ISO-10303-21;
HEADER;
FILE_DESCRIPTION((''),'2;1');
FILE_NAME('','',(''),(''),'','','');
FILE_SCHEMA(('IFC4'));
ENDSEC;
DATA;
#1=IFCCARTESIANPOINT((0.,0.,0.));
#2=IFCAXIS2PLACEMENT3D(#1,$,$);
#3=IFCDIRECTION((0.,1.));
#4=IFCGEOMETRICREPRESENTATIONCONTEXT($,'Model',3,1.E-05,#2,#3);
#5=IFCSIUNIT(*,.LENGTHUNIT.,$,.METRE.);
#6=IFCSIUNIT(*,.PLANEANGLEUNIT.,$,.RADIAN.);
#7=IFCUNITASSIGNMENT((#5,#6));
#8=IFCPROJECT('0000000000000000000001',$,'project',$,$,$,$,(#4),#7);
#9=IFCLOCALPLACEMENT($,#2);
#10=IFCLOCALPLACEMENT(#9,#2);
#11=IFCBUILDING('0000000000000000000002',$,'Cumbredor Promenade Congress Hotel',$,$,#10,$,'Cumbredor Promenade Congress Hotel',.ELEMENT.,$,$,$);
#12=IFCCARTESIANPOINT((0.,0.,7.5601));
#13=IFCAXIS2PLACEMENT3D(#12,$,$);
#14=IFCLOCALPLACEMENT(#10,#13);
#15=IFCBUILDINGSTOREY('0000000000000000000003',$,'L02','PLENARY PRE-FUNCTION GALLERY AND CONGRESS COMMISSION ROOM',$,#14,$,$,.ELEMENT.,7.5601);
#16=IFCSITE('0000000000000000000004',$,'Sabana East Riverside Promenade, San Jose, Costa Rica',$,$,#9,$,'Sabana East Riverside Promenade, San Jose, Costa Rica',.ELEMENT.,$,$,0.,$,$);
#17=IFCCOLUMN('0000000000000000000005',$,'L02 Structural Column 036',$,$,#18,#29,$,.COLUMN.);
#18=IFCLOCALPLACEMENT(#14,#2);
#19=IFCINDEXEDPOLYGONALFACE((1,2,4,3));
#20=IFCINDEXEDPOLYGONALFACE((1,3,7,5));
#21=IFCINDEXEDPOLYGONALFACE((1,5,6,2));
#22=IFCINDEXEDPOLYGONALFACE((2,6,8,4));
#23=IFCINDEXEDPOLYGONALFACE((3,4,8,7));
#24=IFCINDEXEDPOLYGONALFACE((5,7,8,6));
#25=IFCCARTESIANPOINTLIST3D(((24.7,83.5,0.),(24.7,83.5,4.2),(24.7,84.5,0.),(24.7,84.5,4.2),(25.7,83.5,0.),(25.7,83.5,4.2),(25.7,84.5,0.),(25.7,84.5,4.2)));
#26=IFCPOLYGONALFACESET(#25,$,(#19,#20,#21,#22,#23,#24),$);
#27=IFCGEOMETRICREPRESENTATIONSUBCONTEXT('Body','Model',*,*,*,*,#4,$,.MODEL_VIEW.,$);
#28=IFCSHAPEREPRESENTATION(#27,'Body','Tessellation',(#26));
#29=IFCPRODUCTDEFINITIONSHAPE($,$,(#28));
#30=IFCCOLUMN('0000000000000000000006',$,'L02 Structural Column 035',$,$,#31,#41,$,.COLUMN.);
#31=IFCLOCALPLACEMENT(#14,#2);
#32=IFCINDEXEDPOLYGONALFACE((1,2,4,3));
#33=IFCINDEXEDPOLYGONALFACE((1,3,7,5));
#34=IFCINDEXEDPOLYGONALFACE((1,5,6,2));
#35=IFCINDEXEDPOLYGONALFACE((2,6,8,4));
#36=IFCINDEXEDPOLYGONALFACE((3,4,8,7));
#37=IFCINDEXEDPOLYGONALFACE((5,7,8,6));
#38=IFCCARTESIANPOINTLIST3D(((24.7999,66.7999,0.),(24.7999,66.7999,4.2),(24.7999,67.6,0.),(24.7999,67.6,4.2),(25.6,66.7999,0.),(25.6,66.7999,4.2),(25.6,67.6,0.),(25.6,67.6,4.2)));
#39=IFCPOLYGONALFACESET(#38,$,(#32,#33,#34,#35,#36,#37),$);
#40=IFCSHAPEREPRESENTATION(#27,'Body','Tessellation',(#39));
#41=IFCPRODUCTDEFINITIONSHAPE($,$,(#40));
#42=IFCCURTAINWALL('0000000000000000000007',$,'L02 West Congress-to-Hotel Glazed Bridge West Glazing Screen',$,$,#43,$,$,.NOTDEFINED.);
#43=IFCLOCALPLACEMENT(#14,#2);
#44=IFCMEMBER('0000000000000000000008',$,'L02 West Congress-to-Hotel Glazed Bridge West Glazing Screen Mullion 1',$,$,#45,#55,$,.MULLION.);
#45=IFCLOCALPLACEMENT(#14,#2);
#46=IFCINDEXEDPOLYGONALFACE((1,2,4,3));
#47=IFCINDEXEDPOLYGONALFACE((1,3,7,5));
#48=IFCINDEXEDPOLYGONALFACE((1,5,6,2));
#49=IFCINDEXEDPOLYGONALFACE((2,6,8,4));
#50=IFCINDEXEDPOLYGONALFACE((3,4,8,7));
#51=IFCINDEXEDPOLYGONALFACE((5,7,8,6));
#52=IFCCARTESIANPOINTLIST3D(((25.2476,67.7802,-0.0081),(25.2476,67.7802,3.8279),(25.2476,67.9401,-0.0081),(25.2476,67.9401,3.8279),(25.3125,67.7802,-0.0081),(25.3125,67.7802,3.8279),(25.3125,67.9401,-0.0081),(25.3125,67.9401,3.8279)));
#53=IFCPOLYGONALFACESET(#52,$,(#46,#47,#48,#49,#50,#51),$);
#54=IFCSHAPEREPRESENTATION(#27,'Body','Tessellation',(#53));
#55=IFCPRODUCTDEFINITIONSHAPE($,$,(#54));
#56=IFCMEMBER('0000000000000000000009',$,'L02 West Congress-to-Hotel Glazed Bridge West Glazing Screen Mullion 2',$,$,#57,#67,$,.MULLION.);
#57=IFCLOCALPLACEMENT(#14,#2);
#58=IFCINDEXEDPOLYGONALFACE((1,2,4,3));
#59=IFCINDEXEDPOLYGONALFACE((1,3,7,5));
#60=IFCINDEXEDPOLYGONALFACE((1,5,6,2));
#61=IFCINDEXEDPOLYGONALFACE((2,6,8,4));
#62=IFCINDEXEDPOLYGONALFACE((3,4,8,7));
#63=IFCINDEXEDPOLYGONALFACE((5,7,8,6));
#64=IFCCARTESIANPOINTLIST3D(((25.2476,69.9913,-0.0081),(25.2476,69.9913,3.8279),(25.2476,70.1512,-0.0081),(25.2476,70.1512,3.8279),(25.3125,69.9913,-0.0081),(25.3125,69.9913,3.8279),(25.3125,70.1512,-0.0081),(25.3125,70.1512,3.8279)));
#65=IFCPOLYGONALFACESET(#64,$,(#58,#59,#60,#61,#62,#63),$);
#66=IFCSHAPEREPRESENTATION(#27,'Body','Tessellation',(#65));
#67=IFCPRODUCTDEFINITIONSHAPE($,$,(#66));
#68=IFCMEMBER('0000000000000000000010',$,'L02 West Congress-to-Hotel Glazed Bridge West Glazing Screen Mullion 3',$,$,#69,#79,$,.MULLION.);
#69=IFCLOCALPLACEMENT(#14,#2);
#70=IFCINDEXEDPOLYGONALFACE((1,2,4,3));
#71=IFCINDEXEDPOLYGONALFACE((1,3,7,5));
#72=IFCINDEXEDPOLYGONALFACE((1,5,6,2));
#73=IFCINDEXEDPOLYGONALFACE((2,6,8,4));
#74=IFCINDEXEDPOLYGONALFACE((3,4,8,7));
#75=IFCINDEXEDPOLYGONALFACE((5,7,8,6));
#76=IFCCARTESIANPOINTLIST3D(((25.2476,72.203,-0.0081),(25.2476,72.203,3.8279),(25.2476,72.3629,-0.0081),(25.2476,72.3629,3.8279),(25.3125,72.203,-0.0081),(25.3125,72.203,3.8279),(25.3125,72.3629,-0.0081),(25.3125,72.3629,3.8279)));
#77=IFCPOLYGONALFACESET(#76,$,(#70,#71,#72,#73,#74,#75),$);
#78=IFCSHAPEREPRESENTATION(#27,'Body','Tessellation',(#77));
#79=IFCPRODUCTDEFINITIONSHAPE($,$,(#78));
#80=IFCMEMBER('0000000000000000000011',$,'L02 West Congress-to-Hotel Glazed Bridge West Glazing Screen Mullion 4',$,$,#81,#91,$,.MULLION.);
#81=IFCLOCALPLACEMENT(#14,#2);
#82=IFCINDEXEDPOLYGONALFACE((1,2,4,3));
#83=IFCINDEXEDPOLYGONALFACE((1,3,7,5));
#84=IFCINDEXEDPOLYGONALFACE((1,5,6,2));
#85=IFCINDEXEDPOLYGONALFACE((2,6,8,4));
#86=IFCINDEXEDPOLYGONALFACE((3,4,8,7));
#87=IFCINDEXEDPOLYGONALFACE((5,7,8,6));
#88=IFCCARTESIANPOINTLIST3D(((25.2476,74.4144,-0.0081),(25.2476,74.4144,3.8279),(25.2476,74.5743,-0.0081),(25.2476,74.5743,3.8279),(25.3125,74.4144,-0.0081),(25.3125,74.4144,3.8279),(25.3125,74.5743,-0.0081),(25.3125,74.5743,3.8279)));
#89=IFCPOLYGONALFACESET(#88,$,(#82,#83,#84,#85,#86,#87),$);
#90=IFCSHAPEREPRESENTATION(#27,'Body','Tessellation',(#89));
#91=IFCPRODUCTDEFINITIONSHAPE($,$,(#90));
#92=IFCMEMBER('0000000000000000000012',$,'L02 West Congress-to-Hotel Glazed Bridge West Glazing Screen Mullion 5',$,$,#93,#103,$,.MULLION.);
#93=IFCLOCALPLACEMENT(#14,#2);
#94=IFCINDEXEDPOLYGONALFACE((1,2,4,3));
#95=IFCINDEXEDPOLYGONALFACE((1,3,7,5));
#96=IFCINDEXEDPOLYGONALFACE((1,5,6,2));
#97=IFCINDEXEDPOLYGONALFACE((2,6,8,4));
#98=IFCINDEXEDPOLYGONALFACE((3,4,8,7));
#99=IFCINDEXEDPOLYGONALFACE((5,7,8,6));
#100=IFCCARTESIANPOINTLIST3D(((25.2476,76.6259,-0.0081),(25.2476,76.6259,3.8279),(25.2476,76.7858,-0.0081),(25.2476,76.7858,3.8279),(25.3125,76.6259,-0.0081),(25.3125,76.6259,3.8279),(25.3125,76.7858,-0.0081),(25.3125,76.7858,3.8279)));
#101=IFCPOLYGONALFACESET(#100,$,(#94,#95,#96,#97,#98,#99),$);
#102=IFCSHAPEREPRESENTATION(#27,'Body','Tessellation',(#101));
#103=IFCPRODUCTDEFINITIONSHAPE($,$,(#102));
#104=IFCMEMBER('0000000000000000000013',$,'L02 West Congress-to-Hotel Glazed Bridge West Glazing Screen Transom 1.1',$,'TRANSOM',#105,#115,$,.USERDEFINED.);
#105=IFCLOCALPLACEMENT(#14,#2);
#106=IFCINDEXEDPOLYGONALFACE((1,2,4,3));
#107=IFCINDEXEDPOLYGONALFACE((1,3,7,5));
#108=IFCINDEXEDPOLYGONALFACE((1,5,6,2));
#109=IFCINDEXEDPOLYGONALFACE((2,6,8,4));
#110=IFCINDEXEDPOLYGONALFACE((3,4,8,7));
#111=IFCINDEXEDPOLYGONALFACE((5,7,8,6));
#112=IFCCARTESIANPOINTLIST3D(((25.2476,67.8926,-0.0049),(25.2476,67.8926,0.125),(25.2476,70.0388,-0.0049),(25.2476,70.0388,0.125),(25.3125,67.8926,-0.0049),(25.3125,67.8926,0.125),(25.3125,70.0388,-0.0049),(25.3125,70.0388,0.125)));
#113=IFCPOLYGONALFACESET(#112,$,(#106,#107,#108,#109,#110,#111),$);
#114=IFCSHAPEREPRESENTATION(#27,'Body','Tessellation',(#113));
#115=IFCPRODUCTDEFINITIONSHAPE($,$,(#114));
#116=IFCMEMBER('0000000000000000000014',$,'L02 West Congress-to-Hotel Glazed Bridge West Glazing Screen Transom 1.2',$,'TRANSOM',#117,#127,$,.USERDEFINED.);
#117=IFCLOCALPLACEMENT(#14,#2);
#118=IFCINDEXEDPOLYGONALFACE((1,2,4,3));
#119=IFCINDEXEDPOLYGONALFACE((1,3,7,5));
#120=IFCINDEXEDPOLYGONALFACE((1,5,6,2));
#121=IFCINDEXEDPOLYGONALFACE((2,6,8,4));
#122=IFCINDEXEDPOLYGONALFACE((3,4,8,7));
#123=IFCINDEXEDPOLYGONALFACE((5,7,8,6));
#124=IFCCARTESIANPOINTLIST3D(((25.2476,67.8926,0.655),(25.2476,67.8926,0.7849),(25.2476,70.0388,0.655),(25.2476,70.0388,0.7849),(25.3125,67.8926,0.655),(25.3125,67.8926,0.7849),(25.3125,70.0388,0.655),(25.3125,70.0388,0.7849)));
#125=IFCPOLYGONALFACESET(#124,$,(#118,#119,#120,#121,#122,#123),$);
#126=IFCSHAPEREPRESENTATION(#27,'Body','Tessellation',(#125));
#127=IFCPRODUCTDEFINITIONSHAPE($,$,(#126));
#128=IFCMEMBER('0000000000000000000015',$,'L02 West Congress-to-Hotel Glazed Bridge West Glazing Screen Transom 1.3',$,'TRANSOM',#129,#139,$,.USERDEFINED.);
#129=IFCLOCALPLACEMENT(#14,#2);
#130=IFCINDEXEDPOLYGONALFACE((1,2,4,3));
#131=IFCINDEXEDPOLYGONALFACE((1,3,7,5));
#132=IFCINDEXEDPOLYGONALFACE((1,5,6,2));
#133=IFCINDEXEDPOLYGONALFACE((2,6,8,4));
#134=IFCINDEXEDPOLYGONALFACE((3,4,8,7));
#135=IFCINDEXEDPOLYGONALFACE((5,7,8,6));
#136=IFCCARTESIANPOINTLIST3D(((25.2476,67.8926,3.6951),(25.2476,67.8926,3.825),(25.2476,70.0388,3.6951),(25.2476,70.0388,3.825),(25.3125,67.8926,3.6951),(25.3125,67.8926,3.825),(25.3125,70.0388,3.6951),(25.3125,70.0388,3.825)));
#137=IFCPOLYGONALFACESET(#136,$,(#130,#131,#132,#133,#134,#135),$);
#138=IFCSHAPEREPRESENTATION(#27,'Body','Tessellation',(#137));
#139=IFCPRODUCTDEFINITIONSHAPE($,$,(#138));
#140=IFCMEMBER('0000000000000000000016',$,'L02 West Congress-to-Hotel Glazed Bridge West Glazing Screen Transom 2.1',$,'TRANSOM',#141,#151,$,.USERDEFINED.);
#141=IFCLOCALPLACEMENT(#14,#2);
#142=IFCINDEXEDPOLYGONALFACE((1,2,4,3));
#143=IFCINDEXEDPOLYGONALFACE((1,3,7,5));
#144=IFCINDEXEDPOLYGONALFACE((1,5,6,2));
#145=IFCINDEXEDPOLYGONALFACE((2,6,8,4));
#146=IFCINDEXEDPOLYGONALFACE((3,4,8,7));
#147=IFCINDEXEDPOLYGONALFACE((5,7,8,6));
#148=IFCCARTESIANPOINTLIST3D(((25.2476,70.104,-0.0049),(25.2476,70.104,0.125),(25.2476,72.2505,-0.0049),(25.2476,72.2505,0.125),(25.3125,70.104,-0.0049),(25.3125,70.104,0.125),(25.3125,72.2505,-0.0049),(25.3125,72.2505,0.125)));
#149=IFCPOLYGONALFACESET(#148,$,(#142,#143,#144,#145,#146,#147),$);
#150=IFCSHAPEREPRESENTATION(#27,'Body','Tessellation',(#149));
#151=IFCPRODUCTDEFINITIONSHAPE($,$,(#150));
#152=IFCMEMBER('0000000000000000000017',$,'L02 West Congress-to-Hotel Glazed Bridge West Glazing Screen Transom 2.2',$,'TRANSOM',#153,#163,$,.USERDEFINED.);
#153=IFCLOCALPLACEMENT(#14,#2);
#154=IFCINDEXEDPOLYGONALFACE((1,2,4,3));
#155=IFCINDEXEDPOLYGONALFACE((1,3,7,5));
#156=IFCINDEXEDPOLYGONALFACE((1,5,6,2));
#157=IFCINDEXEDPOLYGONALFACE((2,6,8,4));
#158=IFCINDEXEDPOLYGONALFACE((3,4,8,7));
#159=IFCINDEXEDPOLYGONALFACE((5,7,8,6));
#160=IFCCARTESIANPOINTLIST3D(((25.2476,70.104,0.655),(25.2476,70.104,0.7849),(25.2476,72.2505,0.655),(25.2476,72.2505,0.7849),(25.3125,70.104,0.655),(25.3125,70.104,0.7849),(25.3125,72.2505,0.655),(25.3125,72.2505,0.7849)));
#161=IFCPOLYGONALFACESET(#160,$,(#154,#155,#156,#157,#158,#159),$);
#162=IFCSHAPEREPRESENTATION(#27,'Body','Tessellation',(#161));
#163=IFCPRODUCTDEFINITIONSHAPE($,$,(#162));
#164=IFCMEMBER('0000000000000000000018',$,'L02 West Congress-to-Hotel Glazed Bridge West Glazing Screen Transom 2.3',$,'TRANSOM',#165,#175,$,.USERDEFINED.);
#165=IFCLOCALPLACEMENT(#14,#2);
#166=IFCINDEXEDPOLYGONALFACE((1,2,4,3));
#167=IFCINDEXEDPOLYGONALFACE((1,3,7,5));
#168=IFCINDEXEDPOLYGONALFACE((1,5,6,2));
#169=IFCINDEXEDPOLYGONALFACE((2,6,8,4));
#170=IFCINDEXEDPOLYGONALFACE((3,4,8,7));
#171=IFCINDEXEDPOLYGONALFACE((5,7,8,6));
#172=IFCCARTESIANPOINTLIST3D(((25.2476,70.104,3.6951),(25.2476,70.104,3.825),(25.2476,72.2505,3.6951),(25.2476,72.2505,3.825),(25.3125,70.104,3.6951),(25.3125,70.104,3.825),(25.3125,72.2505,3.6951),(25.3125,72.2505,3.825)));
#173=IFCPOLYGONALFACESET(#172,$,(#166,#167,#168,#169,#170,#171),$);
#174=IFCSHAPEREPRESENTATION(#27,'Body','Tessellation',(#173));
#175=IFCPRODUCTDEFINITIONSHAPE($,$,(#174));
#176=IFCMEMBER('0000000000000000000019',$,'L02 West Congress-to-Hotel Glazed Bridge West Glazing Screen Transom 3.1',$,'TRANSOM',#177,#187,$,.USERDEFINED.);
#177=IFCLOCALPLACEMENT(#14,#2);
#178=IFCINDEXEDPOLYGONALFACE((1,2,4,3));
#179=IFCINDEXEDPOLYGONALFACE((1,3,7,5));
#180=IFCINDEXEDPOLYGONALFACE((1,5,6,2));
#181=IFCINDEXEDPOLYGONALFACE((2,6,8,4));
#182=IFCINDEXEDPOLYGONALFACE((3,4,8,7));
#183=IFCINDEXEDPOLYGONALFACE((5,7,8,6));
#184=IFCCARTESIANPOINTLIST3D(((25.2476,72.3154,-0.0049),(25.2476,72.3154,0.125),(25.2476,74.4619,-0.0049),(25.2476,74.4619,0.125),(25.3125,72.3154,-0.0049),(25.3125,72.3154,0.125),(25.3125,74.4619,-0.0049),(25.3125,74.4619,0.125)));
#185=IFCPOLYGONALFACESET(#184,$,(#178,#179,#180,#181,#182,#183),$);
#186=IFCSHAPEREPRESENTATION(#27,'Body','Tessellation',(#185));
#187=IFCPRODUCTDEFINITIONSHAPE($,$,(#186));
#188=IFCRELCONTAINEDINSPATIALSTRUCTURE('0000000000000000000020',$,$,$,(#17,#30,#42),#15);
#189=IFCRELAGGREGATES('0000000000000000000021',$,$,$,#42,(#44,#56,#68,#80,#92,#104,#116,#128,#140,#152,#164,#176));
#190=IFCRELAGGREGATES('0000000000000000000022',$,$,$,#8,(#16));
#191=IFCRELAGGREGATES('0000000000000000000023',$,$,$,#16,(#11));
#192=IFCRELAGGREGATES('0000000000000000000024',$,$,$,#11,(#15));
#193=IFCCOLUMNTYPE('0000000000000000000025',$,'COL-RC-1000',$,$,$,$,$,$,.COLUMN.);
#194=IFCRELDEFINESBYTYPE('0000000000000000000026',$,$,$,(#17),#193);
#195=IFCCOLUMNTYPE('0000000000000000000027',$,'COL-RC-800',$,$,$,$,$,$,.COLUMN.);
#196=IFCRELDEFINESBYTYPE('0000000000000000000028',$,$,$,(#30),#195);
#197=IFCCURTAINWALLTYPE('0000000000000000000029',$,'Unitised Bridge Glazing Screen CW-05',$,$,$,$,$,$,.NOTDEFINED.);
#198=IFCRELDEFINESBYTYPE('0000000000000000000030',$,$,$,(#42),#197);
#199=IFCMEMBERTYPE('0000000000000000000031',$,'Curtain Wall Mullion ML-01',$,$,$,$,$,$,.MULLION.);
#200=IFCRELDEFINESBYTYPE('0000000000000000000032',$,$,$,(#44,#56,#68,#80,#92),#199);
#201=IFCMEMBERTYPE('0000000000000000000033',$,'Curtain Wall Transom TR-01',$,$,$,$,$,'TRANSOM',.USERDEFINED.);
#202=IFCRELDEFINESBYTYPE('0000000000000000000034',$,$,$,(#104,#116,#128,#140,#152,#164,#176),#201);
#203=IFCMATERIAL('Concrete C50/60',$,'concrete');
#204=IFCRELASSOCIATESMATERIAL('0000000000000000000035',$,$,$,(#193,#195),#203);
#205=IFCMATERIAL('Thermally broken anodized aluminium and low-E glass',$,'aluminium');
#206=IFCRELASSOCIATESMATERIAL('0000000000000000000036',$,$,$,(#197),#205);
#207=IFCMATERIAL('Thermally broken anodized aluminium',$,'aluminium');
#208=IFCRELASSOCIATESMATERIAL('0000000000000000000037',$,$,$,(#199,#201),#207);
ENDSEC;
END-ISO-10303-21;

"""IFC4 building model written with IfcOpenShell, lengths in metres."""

from ifc_helpers import new_model, si_unit, direction, frame, origin, origin_2d, place, context, subcontext, project, spatial, rectangle, extrude, material, material_profile, profile_set, type_object, element, aggregate, save


model = new_model("IFC4")

# Units and contexts
model_context = context("Model", 3, precision=1e-05, world=origin(), true_north=direction((0.0, 1.0)))
body_context = subcontext(model_context, "Body", "Model", "MODEL_VIEW")
ifc_project = project(units=[si_unit("LENGTHUNIT", "METRE"), si_unit("PLANEANGLEUNIT", "RADIAN")], contexts=[model_context])

# Site, building, storey
site_placement = place(None, origin())
site = spatial("IfcSite", under=ifc_project, at=site_placement, Name="Sabana East Riverside Promenade, San Jose, Costa Rica", LongName="Sabana East Riverside Promenade, San Jose, Costa Rica", CompositionType="ELEMENT", RefElevation=0.0)
building_placement = place(site_placement, origin())
building = spatial("IfcBuilding", under=site, at=building_placement, Name="Cumbredor Promenade Congress Hotel", LongName="Cumbredor Promenade Congress Hotel", CompositionType="ELEMENT")
storey_placement = place(building_placement, frame((0.0, 0.0, 7.5601)))
storey = spatial("IfcBuildingStorey", under=building, at=storey_placement, Name="L02", Description="PLENARY PRE-FUNCTION GALLERY AND CONGRESS COMMISSION ROOM", CompositionType="ELEMENT", Elevation=7.5601)

# Columns
ifc_material_1 = material(Name="Concrete C50/60", Category="concrete")
ifc_material_profile_1 = material_profile(ifc_material_1, rectangle(XDim=1.0, YDim=1.0, at=origin_2d()), Name="RC 1000x1000")
ifc_profile_set_1 = profile_set([ifc_material_profile_1], Name="Concrete C50/60")
column_type_1 = type_object("IfcColumnType", Name="COL-RC-1000", PredefinedType="COLUMN", material=ifc_profile_set_1)
column_1_placement = place(storey_placement, frame((25.2, 84.0, 0.0), z_axis=(0.0, 0.0, 1.0), x_axis=(1.0, 0.0, 0.0)))
element("IfcColumn", 1, at=column_1_placement, inside=storey, type_object=column_type_1, Name="L02 Structural Column 036", PredefinedType="COLUMN", context=body_context, shape_type="SweptSolid", body=[
    extrude(rectangle(XDim=1.0, YDim=1.0, at=origin_2d()), origin(), (0.0, 0.0, 1.0), 4.2),
])
ifc_material_profile_2 = material_profile(ifc_material_1, rectangle(XDim=0.8, YDim=0.8, at=origin_2d()), Name="RC 800x800")
ifc_profile_set_2 = profile_set([ifc_material_profile_2], Name="Concrete C50/60")
column_type_2 = type_object("IfcColumnType", Name="COL-RC-800", PredefinedType="COLUMN", material=ifc_profile_set_2)
column_2_placement = place(storey_placement, frame((25.2, 67.2, 0.0), z_axis=(0.0, 0.0, 1.0), x_axis=(1.0, 0.0, 0.0)))
element("IfcColumn", 2, at=column_2_placement, inside=storey, type_object=column_type_2, Name="L02 Structural Column 035", PredefinedType="COLUMN", context=body_context, shape_type="SweptSolid", body=[
    extrude(rectangle(XDim=0.8, YDim=0.8, at=origin_2d()), origin(), (0.0, 0.0, 1.0), 4.2),
])

# Curtain wall, members
ifc_material_2 = material(Name="Thermally broken anodized aluminium and low-E glass", Category="aluminium")
curtain_wall_type_1 = type_object("IfcCurtainWallType", Name="Unitised Bridge Glazing Screen CW-05", PredefinedType="NOTDEFINED", material=ifc_material_2)
curtain_wall_1_placement = place(storey_placement, origin())
curtain_wall_1 = element("IfcCurtainWall", 3, at=curtain_wall_1_placement, inside=storey, type_object=curtain_wall_type_1, Name="L02 West Congress-to-Hotel Glazed Bridge West Glazing Screen", PredefinedType="NOTDEFINED")
ifc_material_3 = material(Name="Thermally broken anodized aluminium", Category="aluminium")
ifc_material_profile_3 = material_profile(ifc_material_3, rectangle(XDim=0.0649, YDim=0.1599, at=origin_2d()), Name="ALU MULLION 65x160")
ifc_profile_set_3 = profile_set([ifc_material_profile_3], Name="Thermally broken anodized aluminium")
member_type_1 = type_object("IfcMemberType", Name="Curtain Wall Mullion ML-01", PredefinedType="MULLION", material=ifc_profile_set_3)
member_1_placement = place(storey_placement, frame((25.28, 67.8601, -0.0081), z_axis=(0.0, 0.0, 1.0), x_axis=(1.0, 0.0, 0.0)))
member_1 = element("IfcMember", 4, at=member_1_placement, type_object=member_type_1, Name="L02 West Congress-to-Hotel Glazed Bridge West Glazing Screen Mullion 1", PredefinedType="MULLION", context=body_context, shape_type="SweptSolid", body=[
    extrude(rectangle(XDim=0.0649, YDim=0.1599, at=origin_2d()), origin(), (0.0, 0.0, 1.0), 3.8359),
])
member_2_placement = place(storey_placement, frame((25.28, 70.0713, -0.0081), z_axis=(0.0, 0.0, 1.0), x_axis=(1.0, 0.0, 0.0)))
member_2 = element("IfcMember", 5, at=member_2_placement, type_object=member_type_1, Name="L02 West Congress-to-Hotel Glazed Bridge West Glazing Screen Mullion 2", PredefinedType="MULLION", context=body_context, shape_type="SweptSolid", body=[
    extrude(rectangle(XDim=0.0649, YDim=0.1599, at=origin_2d()), origin(), (0.0, 0.0, 1.0), 3.8359),
])
member_3_placement = place(storey_placement, frame((25.28, 72.283, -0.0081), z_axis=(0.0, 0.0, 1.0), x_axis=(1.0, 0.0, 0.0)))
member_3 = element("IfcMember", 6, at=member_3_placement, type_object=member_type_1, Name="L02 West Congress-to-Hotel Glazed Bridge West Glazing Screen Mullion 3", PredefinedType="MULLION", context=body_context, shape_type="SweptSolid", body=[
    extrude(rectangle(XDim=0.0649, YDim=0.1599, at=origin_2d()), origin(), (0.0, 0.0, 1.0), 3.8359),
])
member_4_placement = place(storey_placement, frame((25.28, 74.4944, -0.0081), z_axis=(0.0, 0.0, 1.0), x_axis=(1.0, 0.0, 0.0)))
member_4 = element("IfcMember", 7, at=member_4_placement, type_object=member_type_1, Name="L02 West Congress-to-Hotel Glazed Bridge West Glazing Screen Mullion 4", PredefinedType="MULLION", context=body_context, shape_type="SweptSolid", body=[
    extrude(rectangle(XDim=0.0649, YDim=0.1599, at=origin_2d()), origin(), (0.0, 0.0, 1.0), 3.8359),
])
member_5_placement = place(storey_placement, frame((25.28, 76.7058, -0.0081), z_axis=(0.0, 0.0, 1.0), x_axis=(1.0, 0.0, 0.0)))
member_5 = element("IfcMember", 8, at=member_5_placement, type_object=member_type_1, Name="L02 West Congress-to-Hotel Glazed Bridge West Glazing Screen Mullion 5", PredefinedType="MULLION", context=body_context, shape_type="SweptSolid", body=[
    extrude(rectangle(XDim=0.0649, YDim=0.1599, at=origin_2d()), origin(), (0.0, 0.0, 1.0), 3.8359),
])
ifc_material_profile_4 = material_profile(ifc_material_3, rectangle(XDim=0.0649, YDim=0.1299, at=origin_2d()), Name="ALU TRANSOM 65x130")
ifc_profile_set_4 = profile_set([ifc_material_profile_4], Name="Thermally broken anodized aluminium")
member_type_2 = type_object("IfcMemberType", Name="Curtain Wall Transom TR-01", ElementType="TRANSOM", PredefinedType="USERDEFINED", material=ifc_profile_set_4)
member_6_placement = place(storey_placement, frame((25.28, 67.8926, 0.0601), z_axis=(0.0, 1.0, 0.0), x_axis=(-1.0, 0.0, 0.0)))
member_6 = element("IfcMember", 9, at=member_6_placement, type_object=member_type_2, Name="L02 West Congress-to-Hotel Glazed Bridge West Glazing Screen Transom 1.1", ObjectType="TRANSOM", PredefinedType="USERDEFINED", context=body_context, shape_type="SweptSolid", body=[
    extrude(rectangle(XDim=0.0649, YDim=0.1299, at=origin_2d()), origin(), (0.0, 0.0, 1.0), 2.1462),
])
member_7_placement = place(storey_placement, frame((25.28, 67.8926, 0.72), z_axis=(0.0, 1.0, 0.0), x_axis=(-1.0, 0.0, 0.0)))
member_7 = element("IfcMember", 10, at=member_7_placement, type_object=member_type_2, Name="L02 West Congress-to-Hotel Glazed Bridge West Glazing Screen Transom 1.2", ObjectType="TRANSOM", PredefinedType="USERDEFINED", context=body_context, shape_type="SweptSolid", body=[
    extrude(rectangle(XDim=0.0649, YDim=0.1299, at=origin_2d()), origin(), (0.0, 0.0, 1.0), 2.1462),
])
member_8_placement = place(storey_placement, frame((25.28, 67.8926, 3.76), z_axis=(0.0, 1.0, 0.0), x_axis=(-1.0, 0.0, 0.0)))
member_8 = element("IfcMember", 11, at=member_8_placement, type_object=member_type_2, Name="L02 West Congress-to-Hotel Glazed Bridge West Glazing Screen Transom 1.3", ObjectType="TRANSOM", PredefinedType="USERDEFINED", context=body_context, shape_type="SweptSolid", body=[
    extrude(rectangle(XDim=0.0649, YDim=0.1299, at=origin_2d()), origin(), (0.0, 0.0, 1.0), 2.1462),
])
member_9_placement = place(storey_placement, frame((25.28, 70.104, 0.0601), z_axis=(0.0, 1.0, 0.0), x_axis=(-1.0, 0.0, 0.0)))
member_9 = element("IfcMember", 12, at=member_9_placement, type_object=member_type_2, Name="L02 West Congress-to-Hotel Glazed Bridge West Glazing Screen Transom 2.1", ObjectType="TRANSOM", PredefinedType="USERDEFINED", context=body_context, shape_type="SweptSolid", body=[
    extrude(rectangle(XDim=0.0649, YDim=0.1299, at=origin_2d()), origin(), (0.0, 0.0, 1.0), 2.1465),
])
member_10_placement = place(storey_placement, frame((25.28, 70.104, 0.72), z_axis=(0.0, 1.0, 0.0), x_axis=(-1.0, 0.0, 0.0)))
member_10 = element("IfcMember", 13, at=member_10_placement, type_object=member_type_2, Name="L02 West Congress-to-Hotel Glazed Bridge West Glazing Screen Transom 2.2", ObjectType="TRANSOM", PredefinedType="USERDEFINED", context=body_context, shape_type="SweptSolid", body=[
    extrude(rectangle(XDim=0.0649, YDim=0.1299, at=origin_2d()), origin(), (0.0, 0.0, 1.0), 2.1465),
])
member_11_placement = place(storey_placement, frame((25.28, 70.104, 3.76), z_axis=(0.0, 1.0, 0.0), x_axis=(-1.0, 0.0, 0.0)))
member_11 = element("IfcMember", 14, at=member_11_placement, type_object=member_type_2, Name="L02 West Congress-to-Hotel Glazed Bridge West Glazing Screen Transom 2.3", ObjectType="TRANSOM", PredefinedType="USERDEFINED", context=body_context, shape_type="SweptSolid", body=[
    extrude(rectangle(XDim=0.0649, YDim=0.1299, at=origin_2d()), origin(), (0.0, 0.0, 1.0), 2.1465),
])
member_12_placement = place(storey_placement, frame((25.28, 72.3154, 0.0601), z_axis=(0.0, 1.0, 0.0), x_axis=(-1.0, 0.0, 0.0)))
member_12 = element("IfcMember", 15, at=member_12_placement, type_object=member_type_2, Name="L02 West Congress-to-Hotel Glazed Bridge West Glazing Screen Transom 3.1", ObjectType="TRANSOM", PredefinedType="USERDEFINED", context=body_context, shape_type="SweptSolid", body=[
    extrude(rectangle(XDim=0.0649, YDim=0.1299, at=origin_2d()), origin(), (0.0, 0.0, 1.0), 2.1465),
])

aggregate(curtain_wall_1, [member_1, member_2, member_3, member_4, member_5, member_6, member_7, member_8, member_9, member_10, member_11, member_12])

save(model, "model.ifc")
